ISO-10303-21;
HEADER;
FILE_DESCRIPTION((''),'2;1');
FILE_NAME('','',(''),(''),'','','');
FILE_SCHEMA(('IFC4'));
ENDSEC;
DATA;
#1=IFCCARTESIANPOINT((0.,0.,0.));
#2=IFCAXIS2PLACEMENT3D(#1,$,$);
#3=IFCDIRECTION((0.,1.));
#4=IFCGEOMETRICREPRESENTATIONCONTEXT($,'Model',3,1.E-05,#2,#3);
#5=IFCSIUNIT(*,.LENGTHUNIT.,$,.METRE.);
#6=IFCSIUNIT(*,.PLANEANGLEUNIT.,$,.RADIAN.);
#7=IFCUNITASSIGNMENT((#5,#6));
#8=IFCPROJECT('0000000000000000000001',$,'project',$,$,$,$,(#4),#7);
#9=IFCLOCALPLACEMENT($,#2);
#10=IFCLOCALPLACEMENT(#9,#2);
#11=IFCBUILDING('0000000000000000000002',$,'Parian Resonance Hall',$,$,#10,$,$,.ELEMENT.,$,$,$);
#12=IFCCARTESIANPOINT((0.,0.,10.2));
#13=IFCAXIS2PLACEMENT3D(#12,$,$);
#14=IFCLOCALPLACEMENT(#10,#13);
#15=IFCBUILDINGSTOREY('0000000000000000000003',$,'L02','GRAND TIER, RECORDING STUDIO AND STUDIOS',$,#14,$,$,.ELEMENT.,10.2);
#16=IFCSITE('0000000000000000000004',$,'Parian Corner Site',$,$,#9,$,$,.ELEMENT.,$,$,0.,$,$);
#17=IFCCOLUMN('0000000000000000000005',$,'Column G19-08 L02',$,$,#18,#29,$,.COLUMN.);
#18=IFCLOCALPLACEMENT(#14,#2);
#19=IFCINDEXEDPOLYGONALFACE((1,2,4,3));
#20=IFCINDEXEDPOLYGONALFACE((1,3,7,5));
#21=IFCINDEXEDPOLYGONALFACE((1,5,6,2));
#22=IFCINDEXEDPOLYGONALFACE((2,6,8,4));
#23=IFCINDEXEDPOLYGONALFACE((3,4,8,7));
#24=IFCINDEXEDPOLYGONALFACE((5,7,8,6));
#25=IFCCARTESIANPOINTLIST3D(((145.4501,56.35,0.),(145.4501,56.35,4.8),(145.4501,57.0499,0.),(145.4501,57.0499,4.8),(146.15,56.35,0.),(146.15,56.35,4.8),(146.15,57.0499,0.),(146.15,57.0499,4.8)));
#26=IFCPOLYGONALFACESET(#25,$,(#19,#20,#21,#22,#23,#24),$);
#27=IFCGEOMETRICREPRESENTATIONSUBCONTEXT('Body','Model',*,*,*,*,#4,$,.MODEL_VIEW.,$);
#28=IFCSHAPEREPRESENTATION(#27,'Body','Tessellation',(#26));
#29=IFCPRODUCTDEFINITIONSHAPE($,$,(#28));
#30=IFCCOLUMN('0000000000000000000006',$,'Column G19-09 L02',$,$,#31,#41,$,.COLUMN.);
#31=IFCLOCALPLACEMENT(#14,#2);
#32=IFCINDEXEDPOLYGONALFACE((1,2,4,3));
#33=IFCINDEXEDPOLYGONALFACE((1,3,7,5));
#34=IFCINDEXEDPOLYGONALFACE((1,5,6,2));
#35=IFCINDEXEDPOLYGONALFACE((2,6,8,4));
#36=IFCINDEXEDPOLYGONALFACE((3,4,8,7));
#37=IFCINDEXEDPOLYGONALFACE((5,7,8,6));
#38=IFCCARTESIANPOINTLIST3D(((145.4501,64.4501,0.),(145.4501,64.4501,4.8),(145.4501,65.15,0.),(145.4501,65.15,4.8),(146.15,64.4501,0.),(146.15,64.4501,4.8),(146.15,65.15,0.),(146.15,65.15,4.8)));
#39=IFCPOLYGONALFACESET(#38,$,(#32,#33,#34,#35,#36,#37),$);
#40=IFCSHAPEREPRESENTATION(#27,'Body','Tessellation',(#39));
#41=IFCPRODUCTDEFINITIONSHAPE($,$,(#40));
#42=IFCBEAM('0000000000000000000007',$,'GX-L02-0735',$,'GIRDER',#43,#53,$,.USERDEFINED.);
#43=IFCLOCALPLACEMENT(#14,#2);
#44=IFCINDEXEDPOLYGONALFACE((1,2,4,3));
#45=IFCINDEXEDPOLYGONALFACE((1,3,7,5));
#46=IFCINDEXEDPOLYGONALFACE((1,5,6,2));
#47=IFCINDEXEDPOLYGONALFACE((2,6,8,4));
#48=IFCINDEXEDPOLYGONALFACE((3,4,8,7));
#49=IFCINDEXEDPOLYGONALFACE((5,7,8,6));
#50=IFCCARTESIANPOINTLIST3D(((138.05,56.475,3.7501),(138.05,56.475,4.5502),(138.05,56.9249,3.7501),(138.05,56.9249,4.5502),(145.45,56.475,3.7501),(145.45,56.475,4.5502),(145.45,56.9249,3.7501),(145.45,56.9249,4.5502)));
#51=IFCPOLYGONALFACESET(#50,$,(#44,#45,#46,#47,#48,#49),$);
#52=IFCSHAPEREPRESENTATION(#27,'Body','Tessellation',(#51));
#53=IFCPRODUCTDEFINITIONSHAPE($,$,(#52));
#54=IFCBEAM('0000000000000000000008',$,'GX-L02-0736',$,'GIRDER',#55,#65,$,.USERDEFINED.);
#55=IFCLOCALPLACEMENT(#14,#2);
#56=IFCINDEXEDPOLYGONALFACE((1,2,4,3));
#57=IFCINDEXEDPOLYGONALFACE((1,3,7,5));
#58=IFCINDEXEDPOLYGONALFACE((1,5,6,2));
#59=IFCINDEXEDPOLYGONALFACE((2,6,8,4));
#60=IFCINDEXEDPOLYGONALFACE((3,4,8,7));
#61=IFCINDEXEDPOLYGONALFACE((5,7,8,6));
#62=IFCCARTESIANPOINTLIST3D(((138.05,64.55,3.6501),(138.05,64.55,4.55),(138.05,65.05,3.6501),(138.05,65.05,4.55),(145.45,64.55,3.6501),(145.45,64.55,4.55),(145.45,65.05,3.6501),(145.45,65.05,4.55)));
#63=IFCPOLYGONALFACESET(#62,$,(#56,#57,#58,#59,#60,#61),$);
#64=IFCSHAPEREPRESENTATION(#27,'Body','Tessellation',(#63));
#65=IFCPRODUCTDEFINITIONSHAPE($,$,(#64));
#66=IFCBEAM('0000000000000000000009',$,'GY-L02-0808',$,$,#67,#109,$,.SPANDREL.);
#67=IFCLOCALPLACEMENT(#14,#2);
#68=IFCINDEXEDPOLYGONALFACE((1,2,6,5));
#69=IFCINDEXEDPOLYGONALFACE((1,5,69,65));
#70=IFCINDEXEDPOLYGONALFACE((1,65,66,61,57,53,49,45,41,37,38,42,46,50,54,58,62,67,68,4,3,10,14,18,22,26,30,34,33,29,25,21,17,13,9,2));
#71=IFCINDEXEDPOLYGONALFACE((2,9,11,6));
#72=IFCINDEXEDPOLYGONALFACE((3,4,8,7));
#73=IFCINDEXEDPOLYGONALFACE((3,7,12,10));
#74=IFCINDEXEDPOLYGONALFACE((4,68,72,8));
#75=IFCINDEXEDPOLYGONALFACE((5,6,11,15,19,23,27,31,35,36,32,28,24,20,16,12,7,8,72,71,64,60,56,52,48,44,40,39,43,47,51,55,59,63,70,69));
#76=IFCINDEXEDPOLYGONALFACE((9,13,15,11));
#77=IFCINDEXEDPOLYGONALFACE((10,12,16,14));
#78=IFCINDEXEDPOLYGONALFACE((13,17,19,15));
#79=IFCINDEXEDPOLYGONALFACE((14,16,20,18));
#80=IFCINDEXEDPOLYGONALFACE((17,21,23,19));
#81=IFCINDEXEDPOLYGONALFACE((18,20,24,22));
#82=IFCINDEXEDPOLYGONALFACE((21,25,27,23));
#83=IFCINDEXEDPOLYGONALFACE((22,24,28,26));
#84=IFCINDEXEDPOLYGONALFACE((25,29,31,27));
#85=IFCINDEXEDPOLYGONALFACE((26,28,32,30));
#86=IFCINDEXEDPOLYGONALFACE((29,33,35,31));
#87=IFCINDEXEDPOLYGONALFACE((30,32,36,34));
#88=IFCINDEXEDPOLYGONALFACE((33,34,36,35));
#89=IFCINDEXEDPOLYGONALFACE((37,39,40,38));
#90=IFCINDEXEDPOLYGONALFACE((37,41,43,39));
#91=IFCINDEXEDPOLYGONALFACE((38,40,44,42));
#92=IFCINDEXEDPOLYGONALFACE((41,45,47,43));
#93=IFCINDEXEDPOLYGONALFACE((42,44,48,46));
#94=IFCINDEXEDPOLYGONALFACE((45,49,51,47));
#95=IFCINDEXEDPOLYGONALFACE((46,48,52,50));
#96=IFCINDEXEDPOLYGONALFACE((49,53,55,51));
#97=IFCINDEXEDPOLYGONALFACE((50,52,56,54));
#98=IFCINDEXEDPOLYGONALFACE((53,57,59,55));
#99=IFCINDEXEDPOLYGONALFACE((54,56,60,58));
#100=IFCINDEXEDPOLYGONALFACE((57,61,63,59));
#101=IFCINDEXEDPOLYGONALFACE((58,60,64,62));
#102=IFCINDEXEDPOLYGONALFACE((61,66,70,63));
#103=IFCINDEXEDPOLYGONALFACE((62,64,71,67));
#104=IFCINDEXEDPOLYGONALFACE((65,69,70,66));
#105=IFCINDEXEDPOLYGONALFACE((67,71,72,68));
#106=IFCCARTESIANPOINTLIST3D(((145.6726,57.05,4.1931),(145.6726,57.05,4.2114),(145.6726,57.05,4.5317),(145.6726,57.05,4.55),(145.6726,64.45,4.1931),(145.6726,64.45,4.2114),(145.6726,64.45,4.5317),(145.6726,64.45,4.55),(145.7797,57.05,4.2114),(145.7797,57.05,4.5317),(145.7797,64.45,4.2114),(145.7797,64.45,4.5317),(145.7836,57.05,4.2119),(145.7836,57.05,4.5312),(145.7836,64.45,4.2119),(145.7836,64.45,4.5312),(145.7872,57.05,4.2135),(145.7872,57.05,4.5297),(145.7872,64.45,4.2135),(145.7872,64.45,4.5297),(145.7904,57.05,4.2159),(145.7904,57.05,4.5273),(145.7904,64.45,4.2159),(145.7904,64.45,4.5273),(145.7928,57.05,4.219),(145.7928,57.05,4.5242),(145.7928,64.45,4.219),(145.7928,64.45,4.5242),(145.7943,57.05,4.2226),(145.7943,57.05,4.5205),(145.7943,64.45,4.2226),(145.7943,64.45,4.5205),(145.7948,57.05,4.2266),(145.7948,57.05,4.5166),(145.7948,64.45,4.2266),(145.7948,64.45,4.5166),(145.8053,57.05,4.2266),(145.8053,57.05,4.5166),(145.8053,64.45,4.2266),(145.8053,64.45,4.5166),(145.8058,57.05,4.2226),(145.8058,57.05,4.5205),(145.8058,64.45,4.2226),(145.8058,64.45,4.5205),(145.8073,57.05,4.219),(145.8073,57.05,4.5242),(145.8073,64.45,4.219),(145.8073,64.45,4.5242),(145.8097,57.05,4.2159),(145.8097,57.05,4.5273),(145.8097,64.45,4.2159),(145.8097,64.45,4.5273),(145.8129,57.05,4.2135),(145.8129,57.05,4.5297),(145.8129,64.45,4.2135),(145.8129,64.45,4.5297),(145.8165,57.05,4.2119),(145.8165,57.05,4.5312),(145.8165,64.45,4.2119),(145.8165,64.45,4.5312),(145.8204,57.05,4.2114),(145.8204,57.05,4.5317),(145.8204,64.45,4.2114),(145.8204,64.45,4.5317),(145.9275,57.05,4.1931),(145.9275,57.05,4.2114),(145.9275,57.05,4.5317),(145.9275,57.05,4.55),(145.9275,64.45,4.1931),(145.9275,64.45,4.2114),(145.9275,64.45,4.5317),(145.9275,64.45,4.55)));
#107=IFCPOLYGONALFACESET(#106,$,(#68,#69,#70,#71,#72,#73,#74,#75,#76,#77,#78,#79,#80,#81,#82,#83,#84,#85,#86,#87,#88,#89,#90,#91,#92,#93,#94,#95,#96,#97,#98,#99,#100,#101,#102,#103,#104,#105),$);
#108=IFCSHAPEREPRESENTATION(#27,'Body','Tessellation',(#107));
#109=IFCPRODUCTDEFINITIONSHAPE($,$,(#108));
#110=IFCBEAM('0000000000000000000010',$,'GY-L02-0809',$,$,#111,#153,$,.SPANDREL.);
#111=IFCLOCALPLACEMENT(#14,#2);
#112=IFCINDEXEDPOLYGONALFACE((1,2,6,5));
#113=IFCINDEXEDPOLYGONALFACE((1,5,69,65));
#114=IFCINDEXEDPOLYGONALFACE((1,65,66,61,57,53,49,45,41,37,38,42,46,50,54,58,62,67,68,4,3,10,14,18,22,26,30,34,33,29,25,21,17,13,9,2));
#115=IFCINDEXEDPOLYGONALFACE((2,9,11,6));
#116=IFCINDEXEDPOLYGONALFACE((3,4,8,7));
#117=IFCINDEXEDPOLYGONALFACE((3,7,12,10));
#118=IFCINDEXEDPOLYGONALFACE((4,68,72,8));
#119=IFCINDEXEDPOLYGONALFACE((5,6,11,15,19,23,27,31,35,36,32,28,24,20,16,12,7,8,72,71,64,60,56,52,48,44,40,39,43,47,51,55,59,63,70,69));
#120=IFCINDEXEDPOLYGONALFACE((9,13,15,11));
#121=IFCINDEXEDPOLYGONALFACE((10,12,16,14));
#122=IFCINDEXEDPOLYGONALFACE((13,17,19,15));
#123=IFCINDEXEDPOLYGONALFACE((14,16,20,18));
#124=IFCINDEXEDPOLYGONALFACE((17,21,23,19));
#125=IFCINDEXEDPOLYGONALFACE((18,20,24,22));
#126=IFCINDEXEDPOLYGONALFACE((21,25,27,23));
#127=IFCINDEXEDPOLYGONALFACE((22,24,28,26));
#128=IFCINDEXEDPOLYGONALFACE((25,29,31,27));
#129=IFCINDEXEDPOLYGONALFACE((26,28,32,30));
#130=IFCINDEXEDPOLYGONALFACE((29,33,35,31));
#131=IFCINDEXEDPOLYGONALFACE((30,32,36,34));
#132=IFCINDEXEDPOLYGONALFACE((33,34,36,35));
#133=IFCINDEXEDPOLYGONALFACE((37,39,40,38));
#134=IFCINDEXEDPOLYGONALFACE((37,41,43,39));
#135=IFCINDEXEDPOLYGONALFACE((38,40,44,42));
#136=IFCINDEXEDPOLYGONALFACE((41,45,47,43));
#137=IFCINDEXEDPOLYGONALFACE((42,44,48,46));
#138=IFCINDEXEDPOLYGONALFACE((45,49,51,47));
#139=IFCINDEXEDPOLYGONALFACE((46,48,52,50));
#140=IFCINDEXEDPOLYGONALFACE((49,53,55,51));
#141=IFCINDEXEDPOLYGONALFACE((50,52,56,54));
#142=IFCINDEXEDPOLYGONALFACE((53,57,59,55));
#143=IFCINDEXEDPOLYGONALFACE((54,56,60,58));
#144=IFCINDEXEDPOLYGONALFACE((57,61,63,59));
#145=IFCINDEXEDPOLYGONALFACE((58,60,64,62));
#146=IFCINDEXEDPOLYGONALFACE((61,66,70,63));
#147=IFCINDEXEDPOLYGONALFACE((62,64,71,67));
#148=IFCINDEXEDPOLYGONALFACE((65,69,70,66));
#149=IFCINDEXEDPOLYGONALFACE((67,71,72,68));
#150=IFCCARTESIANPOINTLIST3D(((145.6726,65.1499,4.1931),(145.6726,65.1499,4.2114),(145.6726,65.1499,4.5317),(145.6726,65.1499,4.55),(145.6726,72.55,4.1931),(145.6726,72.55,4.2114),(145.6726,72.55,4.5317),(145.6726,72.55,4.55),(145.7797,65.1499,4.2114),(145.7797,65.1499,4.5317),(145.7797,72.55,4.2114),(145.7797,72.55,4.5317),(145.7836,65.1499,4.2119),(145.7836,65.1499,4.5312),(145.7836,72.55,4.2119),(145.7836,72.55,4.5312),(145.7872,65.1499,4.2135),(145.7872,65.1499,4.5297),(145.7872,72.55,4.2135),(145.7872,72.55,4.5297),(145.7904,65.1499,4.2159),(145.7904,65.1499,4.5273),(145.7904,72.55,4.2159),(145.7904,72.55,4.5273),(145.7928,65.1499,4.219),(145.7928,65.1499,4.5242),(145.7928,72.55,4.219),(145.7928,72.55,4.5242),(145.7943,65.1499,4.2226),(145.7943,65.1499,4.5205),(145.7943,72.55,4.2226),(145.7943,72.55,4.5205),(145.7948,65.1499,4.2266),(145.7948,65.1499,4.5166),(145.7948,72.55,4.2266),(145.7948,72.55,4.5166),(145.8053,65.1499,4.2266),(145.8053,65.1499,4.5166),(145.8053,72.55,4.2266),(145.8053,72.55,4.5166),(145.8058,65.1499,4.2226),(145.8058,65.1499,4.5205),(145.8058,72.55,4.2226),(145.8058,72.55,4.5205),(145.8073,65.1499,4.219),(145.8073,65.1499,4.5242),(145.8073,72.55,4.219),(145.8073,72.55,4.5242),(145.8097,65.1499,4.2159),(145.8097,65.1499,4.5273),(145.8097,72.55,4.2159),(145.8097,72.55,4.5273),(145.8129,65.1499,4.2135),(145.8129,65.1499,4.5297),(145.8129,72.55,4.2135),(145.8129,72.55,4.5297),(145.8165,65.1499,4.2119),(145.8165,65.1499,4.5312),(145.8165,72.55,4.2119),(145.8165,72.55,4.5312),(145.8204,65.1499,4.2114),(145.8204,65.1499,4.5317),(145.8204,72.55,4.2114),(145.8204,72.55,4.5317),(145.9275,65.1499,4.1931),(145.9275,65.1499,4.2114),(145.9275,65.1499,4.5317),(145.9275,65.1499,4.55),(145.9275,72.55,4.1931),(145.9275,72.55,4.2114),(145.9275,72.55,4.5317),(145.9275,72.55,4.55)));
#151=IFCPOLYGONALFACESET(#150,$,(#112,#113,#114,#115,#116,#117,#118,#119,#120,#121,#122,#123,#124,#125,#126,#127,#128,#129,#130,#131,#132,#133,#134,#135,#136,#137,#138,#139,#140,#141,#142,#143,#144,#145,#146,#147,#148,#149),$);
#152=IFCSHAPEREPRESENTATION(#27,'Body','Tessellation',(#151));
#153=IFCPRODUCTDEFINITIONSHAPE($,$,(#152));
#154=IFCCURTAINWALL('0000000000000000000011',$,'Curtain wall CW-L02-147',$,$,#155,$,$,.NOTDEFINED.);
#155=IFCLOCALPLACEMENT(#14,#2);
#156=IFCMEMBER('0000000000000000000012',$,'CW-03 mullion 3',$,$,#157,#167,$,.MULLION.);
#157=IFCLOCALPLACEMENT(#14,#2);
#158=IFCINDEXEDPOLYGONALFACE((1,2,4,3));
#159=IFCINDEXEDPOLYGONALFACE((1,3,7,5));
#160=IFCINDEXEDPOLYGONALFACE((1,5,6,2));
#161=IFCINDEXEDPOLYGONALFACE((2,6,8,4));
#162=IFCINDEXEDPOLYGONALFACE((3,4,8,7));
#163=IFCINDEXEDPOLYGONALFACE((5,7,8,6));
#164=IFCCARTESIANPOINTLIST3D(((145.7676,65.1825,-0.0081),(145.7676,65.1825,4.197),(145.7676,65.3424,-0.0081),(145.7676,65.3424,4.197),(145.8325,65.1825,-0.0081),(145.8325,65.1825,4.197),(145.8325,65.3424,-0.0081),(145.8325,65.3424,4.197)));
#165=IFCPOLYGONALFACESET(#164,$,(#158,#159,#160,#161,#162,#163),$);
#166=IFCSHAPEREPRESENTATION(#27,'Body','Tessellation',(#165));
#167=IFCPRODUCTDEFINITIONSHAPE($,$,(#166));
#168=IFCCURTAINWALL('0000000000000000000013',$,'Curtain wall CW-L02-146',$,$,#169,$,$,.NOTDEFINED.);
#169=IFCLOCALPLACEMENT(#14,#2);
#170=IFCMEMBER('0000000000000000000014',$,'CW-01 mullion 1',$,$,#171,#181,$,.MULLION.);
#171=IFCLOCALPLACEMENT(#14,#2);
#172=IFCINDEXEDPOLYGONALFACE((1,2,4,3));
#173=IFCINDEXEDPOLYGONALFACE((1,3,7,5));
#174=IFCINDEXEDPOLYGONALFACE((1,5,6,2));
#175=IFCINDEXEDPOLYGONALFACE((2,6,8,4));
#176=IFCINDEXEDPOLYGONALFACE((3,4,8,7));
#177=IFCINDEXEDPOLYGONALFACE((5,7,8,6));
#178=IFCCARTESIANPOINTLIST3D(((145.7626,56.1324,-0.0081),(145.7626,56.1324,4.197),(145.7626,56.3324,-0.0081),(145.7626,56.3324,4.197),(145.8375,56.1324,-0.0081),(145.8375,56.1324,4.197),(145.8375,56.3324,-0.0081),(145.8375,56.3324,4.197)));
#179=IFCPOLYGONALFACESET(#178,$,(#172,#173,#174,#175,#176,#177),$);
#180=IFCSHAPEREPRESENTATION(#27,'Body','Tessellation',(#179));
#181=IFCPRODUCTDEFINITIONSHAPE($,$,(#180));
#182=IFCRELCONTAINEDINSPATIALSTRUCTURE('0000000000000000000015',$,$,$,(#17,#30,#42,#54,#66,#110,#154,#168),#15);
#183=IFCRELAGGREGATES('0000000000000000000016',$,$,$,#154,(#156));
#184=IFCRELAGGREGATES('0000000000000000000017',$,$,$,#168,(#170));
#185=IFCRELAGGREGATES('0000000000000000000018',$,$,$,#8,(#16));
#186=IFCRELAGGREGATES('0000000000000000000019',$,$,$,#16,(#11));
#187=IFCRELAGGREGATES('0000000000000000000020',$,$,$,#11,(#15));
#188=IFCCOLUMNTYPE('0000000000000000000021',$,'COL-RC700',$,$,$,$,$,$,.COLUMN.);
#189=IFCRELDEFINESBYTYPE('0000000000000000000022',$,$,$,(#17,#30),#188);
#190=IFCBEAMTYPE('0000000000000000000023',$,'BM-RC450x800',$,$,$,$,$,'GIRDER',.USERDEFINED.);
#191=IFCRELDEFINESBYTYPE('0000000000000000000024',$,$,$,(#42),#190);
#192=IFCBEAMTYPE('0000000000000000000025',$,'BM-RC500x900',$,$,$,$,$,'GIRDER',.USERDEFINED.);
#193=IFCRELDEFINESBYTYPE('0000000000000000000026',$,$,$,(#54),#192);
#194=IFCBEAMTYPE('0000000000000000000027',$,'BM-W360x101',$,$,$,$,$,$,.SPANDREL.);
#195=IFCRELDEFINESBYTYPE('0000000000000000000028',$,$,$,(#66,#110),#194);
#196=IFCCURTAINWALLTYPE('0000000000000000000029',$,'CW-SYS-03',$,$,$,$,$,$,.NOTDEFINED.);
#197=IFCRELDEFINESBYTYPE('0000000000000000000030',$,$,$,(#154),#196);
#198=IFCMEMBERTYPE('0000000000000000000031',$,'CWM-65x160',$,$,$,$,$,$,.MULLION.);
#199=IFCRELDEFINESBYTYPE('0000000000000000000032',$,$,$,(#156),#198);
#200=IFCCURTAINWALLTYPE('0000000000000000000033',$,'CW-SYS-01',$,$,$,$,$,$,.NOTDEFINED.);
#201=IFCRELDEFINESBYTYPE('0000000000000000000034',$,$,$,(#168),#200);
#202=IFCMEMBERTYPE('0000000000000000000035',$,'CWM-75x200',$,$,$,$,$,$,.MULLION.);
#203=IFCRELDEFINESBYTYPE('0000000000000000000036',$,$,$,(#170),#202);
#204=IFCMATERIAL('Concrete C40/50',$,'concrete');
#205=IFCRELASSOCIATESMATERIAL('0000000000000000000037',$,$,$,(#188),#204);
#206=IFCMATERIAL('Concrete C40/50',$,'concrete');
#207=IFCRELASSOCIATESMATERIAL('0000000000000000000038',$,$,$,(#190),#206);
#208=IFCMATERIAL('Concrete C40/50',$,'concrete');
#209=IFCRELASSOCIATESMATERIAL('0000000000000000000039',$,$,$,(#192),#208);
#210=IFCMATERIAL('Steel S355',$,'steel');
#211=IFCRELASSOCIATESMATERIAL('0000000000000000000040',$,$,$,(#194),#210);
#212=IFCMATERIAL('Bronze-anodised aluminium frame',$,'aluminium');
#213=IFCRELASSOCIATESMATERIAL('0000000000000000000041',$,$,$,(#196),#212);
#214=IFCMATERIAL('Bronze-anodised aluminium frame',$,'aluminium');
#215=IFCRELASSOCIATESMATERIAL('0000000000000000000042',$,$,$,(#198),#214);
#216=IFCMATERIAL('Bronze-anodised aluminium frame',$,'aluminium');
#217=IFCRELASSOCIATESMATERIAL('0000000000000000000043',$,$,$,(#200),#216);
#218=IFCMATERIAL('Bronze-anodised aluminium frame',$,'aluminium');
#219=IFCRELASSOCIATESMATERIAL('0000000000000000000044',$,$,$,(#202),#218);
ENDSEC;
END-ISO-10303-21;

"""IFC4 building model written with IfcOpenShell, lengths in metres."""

from ifc_helpers import new_model, si_unit, direction, frame, origin, origin_2d, place, context, subcontext, project, spatial, rectangle, i_section, extrude, material, material_profile, profile_set, type_object, element, aggregate, save


model = new_model("IFC4")

# Units and contexts
model_context = context("Model", 3, precision=1e-05, world=origin(), true_north=direction((0.0, 1.0)))
body_context = subcontext(model_context, "Body", "Model", "MODEL_VIEW")
ifc_project = project(units=[si_unit("LENGTHUNIT", "METRE"), si_unit("PLANEANGLEUNIT", "RADIAN")], contexts=[model_context])

# Site, building, storey
site_placement = place(None, origin())
site = spatial("IfcSite", under=ifc_project, at=site_placement, Name="Parian Corner Site", CompositionType="ELEMENT", RefElevation=0.0)
building_placement = place(site_placement, origin())
building = spatial("IfcBuilding", under=site, at=building_placement, Name="Parian Resonance Hall", CompositionType="ELEMENT")
storey_placement = place(building_placement, frame((0.0, 0.0, 10.2)))
storey = spatial("IfcBuildingStorey", under=building, at=storey_placement, Name="L02", Description="GRAND TIER, RECORDING STUDIO AND STUDIOS", CompositionType="ELEMENT", Elevation=10.2)

# Columns
ifc_material_1 = material(Name="Concrete C40/50", Category="concrete")
ifc_material_profile_1 = material_profile(ifc_material_1, rectangle(XDim=0.7, YDim=0.7, at=origin_2d()), Name="RC-COL-700x700")
ifc_profile_set_1 = profile_set([ifc_material_profile_1], Name="Concrete C40/50")
column_type = type_object("IfcColumnType", Name="COL-RC700", PredefinedType="COLUMN", material=ifc_profile_set_1)
for number, where, z_axis, x_axis, name in (
    (1, (145.8, 56.7, 0.0), (0.0, 0.0, 1.0), (1.0, 0.0, 0.0), "Column G19-08 L02"),
    (2, (145.8, 64.8, 0.0), (0.0, 0.0, 1.0), (1.0, 0.0, 0.0), "Column G19-09 L02"),
):
    element("IfcColumn", number, at=place(storey_placement, frame(where, z_axis=z_axis, x_axis=x_axis)), inside=storey, type_object=column_type, Name=name, PredefinedType="COLUMN", context=body_context, shape_type="SweptSolid", body=[
        extrude(rectangle(XDim=0.7, YDim=0.7, at=origin_2d()), origin(), (0.0, 0.0, 1.0), 4.8),
    ])

# Beams
ifc_material_2 = material(Name="Concrete C40/50", Category="concrete")
ifc_material_profile_2 = material_profile(ifc_material_2, rectangle(XDim=0.45, YDim=0.8, at=origin_2d()), Name="RC-BM-450x800")
ifc_profile_set_2 = profile_set([ifc_material_profile_2], Name="Concrete C40/50")
beam_type_1 = type_object("IfcBeamType", Name="BM-RC450x800", ElementType="GIRDER", PredefinedType="USERDEFINED", material=ifc_profile_set_2)
beam_1_placement = place(storey_placement, frame((138.05, 56.7, 4.1501), z_axis=(1.0, 0.0, 0.0), x_axis=(0.0, 1.0, 0.0)))
element("IfcBeam", 3, at=beam_1_placement, inside=storey, type_object=beam_type_1, Name="GX-L02-0735", ObjectType="GIRDER", PredefinedType="USERDEFINED", context=body_context, shape_type="SweptSolid", body=[
    extrude(rectangle(XDim=0.45, YDim=0.8, at=origin_2d()), origin(), (0.0, 0.0, 1.0), 7.3999),
])
ifc_material_3 = material(Name="Concrete C40/50", Category="concrete")
ifc_material_profile_3 = material_profile(ifc_material_3, rectangle(XDim=0.5, YDim=0.8999, at=origin_2d()), Name="RC-BM-500x900")
ifc_profile_set_3 = profile_set([ifc_material_profile_3], Name="Concrete C40/50")
beam_type_2 = type_object("IfcBeamType", Name="BM-RC500x900", ElementType="GIRDER", PredefinedType="USERDEFINED", material=ifc_profile_set_3)
beam_2_placement = place(storey_placement, frame((138.05, 64.8, 4.1001), z_axis=(1.0, 0.0, 0.0), x_axis=(0.0, 1.0, 0.0)))
element("IfcBeam", 4, at=beam_2_placement, inside=storey, type_object=beam_type_2, Name="GX-L02-0736", ObjectType="GIRDER", PredefinedType="USERDEFINED", context=body_context, shape_type="SweptSolid", body=[
    extrude(rectangle(XDim=0.5, YDim=0.8999, at=origin_2d()), origin(), (0.0, 0.0, 1.0), 7.3999),
])
ifc_material_4 = material(Name="Steel S355", Category="steel")
ifc_material_profile_4 = material_profile(ifc_material_4, i_section(OverallWidth=0.2549, OverallDepth=0.3569, WebThickness=0.0105, FlangeThickness=0.0183, FilletRadius=0.0151, at=origin_2d()), Name="W360x101")
ifc_profile_set_4 = profile_set([ifc_material_profile_4], Name="Steel S355")
beam_type_3 = type_object("IfcBeamType", Name="BM-W360x101", PredefinedType="SPANDREL", material=ifc_profile_set_4)
beam_3_placement = place(storey_placement, frame((145.8, 57.05, 4.3716), z_axis=(0.0, 1.0, 0.0), x_axis=(-1.0, 0.0, 0.0)))
element("IfcBeam", 5, at=beam_3_placement, inside=storey, type_object=beam_type_3, Name="GY-L02-0808", PredefinedType="SPANDREL", context=body_context, shape_type="SweptSolid", body=[
    extrude(i_section(OverallWidth=0.2549, OverallDepth=0.3569, WebThickness=0.0105, FlangeThickness=0.0183, FilletRadius=0.0151, at=origin_2d()), origin(), (0.0, 0.0, 1.0), 7.3999),
])
beam_4_placement = place(storey_placement, frame((145.8, 65.1499, 4.3716), z_axis=(0.0, 1.0, 0.0), x_axis=(-1.0, 0.0, 0.0)))
element("IfcBeam", 6, at=beam_4_placement, inside=storey, type_object=beam_type_3, Name="GY-L02-0809", PredefinedType="SPANDREL", context=body_context, shape_type="SweptSolid", body=[
    extrude(i_section(OverallWidth=0.2549, OverallDepth=0.3569, WebThickness=0.0105, FlangeThickness=0.0183, FilletRadius=0.0151, at=origin_2d()), origin(), (0.0, 0.0, 1.0), 7.4001),
])

# Curtain wall, member
ifc_material_5 = material(Name="Bronze-anodised aluminium frame", Category="aluminium")
curtain_wall_type_1 = type_object("IfcCurtainWallType", Name="CW-SYS-03", PredefinedType="NOTDEFINED", material=ifc_material_5)
curtain_wall_1_placement = place(storey_placement, origin())
curtain_wall_1 = element("IfcCurtainWall", 7, at=curtain_wall_1_placement, inside=storey, type_object=curtain_wall_type_1, Name="Curtain wall CW-L02-147", PredefinedType="NOTDEFINED")
ifc_material_6 = material(Name="Bronze-anodised aluminium frame", Category="aluminium")
ifc_material_profile_5 = material_profile(ifc_material_6, rectangle(XDim=0.0649, YDim=0.1599, at=origin_2d()), Name="CWM-65x160")
ifc_profile_set_5 = profile_set([ifc_material_profile_5], Name="Bronze-anodised aluminium frame")
member_type_1 = type_object("IfcMemberType", Name="CWM-65x160", PredefinedType="MULLION", material=ifc_profile_set_5)
member_1_placement = place(storey_placement, frame((145.8, 65.2625, -0.0081), z_axis=(0.0, 0.0, 1.0), x_axis=(1.0, 0.0, 0.0)))
member_1 = element("IfcMember", 8, at=member_1_placement, type_object=member_type_1, Name="CW-03 mullion 3", PredefinedType="MULLION", context=body_context, shape_type="SweptSolid", body=[
    extrude(rectangle(XDim=0.0649, YDim=0.1599, at=origin_2d()), origin(), (0.0, 0.0, 1.0), 4.2051),
])

# Curtain wall, member
ifc_material_7 = material(Name="Bronze-anodised aluminium frame", Category="aluminium")
curtain_wall_type_2 = type_object("IfcCurtainWallType", Name="CW-SYS-01", PredefinedType="NOTDEFINED", material=ifc_material_7)
curtain_wall_2_placement = place(storey_placement, origin())
curtain_wall_2 = element("IfcCurtainWall", 9, at=curtain_wall_2_placement, inside=storey, type_object=curtain_wall_type_2, Name="Curtain wall CW-L02-146", PredefinedType="NOTDEFINED")
ifc_material_8 = material(Name="Bronze-anodised aluminium frame", Category="aluminium")
ifc_material_profile_6 = material_profile(ifc_material_8, rectangle(XDim=0.075, YDim=0.2, at=origin_2d()), Name="CWM-75x200")
ifc_profile_set_6 = profile_set([ifc_material_profile_6], Name="Bronze-anodised aluminium frame")
member_type_2 = type_object("IfcMemberType", Name="CWM-75x200", PredefinedType="MULLION", material=ifc_profile_set_6)
member_2_placement = place(storey_placement, frame((145.8, 56.2324, -0.0081), z_axis=(0.0, 0.0, 1.0), x_axis=(1.0, 0.0, 0.0)))
member_2 = element("IfcMember", 10, at=member_2_placement, type_object=member_type_2, Name="CW-01 mullion 1", PredefinedType="MULLION", context=body_context, shape_type="SweptSolid", body=[
    extrude(rectangle(XDim=0.075, YDim=0.2, at=origin_2d()), origin(), (0.0, 0.0, 1.0), 4.2051),
])

aggregate(curtain_wall_1, [member_1])
aggregate(curtain_wall_2, [member_2])

save(model, "model.ifc")
